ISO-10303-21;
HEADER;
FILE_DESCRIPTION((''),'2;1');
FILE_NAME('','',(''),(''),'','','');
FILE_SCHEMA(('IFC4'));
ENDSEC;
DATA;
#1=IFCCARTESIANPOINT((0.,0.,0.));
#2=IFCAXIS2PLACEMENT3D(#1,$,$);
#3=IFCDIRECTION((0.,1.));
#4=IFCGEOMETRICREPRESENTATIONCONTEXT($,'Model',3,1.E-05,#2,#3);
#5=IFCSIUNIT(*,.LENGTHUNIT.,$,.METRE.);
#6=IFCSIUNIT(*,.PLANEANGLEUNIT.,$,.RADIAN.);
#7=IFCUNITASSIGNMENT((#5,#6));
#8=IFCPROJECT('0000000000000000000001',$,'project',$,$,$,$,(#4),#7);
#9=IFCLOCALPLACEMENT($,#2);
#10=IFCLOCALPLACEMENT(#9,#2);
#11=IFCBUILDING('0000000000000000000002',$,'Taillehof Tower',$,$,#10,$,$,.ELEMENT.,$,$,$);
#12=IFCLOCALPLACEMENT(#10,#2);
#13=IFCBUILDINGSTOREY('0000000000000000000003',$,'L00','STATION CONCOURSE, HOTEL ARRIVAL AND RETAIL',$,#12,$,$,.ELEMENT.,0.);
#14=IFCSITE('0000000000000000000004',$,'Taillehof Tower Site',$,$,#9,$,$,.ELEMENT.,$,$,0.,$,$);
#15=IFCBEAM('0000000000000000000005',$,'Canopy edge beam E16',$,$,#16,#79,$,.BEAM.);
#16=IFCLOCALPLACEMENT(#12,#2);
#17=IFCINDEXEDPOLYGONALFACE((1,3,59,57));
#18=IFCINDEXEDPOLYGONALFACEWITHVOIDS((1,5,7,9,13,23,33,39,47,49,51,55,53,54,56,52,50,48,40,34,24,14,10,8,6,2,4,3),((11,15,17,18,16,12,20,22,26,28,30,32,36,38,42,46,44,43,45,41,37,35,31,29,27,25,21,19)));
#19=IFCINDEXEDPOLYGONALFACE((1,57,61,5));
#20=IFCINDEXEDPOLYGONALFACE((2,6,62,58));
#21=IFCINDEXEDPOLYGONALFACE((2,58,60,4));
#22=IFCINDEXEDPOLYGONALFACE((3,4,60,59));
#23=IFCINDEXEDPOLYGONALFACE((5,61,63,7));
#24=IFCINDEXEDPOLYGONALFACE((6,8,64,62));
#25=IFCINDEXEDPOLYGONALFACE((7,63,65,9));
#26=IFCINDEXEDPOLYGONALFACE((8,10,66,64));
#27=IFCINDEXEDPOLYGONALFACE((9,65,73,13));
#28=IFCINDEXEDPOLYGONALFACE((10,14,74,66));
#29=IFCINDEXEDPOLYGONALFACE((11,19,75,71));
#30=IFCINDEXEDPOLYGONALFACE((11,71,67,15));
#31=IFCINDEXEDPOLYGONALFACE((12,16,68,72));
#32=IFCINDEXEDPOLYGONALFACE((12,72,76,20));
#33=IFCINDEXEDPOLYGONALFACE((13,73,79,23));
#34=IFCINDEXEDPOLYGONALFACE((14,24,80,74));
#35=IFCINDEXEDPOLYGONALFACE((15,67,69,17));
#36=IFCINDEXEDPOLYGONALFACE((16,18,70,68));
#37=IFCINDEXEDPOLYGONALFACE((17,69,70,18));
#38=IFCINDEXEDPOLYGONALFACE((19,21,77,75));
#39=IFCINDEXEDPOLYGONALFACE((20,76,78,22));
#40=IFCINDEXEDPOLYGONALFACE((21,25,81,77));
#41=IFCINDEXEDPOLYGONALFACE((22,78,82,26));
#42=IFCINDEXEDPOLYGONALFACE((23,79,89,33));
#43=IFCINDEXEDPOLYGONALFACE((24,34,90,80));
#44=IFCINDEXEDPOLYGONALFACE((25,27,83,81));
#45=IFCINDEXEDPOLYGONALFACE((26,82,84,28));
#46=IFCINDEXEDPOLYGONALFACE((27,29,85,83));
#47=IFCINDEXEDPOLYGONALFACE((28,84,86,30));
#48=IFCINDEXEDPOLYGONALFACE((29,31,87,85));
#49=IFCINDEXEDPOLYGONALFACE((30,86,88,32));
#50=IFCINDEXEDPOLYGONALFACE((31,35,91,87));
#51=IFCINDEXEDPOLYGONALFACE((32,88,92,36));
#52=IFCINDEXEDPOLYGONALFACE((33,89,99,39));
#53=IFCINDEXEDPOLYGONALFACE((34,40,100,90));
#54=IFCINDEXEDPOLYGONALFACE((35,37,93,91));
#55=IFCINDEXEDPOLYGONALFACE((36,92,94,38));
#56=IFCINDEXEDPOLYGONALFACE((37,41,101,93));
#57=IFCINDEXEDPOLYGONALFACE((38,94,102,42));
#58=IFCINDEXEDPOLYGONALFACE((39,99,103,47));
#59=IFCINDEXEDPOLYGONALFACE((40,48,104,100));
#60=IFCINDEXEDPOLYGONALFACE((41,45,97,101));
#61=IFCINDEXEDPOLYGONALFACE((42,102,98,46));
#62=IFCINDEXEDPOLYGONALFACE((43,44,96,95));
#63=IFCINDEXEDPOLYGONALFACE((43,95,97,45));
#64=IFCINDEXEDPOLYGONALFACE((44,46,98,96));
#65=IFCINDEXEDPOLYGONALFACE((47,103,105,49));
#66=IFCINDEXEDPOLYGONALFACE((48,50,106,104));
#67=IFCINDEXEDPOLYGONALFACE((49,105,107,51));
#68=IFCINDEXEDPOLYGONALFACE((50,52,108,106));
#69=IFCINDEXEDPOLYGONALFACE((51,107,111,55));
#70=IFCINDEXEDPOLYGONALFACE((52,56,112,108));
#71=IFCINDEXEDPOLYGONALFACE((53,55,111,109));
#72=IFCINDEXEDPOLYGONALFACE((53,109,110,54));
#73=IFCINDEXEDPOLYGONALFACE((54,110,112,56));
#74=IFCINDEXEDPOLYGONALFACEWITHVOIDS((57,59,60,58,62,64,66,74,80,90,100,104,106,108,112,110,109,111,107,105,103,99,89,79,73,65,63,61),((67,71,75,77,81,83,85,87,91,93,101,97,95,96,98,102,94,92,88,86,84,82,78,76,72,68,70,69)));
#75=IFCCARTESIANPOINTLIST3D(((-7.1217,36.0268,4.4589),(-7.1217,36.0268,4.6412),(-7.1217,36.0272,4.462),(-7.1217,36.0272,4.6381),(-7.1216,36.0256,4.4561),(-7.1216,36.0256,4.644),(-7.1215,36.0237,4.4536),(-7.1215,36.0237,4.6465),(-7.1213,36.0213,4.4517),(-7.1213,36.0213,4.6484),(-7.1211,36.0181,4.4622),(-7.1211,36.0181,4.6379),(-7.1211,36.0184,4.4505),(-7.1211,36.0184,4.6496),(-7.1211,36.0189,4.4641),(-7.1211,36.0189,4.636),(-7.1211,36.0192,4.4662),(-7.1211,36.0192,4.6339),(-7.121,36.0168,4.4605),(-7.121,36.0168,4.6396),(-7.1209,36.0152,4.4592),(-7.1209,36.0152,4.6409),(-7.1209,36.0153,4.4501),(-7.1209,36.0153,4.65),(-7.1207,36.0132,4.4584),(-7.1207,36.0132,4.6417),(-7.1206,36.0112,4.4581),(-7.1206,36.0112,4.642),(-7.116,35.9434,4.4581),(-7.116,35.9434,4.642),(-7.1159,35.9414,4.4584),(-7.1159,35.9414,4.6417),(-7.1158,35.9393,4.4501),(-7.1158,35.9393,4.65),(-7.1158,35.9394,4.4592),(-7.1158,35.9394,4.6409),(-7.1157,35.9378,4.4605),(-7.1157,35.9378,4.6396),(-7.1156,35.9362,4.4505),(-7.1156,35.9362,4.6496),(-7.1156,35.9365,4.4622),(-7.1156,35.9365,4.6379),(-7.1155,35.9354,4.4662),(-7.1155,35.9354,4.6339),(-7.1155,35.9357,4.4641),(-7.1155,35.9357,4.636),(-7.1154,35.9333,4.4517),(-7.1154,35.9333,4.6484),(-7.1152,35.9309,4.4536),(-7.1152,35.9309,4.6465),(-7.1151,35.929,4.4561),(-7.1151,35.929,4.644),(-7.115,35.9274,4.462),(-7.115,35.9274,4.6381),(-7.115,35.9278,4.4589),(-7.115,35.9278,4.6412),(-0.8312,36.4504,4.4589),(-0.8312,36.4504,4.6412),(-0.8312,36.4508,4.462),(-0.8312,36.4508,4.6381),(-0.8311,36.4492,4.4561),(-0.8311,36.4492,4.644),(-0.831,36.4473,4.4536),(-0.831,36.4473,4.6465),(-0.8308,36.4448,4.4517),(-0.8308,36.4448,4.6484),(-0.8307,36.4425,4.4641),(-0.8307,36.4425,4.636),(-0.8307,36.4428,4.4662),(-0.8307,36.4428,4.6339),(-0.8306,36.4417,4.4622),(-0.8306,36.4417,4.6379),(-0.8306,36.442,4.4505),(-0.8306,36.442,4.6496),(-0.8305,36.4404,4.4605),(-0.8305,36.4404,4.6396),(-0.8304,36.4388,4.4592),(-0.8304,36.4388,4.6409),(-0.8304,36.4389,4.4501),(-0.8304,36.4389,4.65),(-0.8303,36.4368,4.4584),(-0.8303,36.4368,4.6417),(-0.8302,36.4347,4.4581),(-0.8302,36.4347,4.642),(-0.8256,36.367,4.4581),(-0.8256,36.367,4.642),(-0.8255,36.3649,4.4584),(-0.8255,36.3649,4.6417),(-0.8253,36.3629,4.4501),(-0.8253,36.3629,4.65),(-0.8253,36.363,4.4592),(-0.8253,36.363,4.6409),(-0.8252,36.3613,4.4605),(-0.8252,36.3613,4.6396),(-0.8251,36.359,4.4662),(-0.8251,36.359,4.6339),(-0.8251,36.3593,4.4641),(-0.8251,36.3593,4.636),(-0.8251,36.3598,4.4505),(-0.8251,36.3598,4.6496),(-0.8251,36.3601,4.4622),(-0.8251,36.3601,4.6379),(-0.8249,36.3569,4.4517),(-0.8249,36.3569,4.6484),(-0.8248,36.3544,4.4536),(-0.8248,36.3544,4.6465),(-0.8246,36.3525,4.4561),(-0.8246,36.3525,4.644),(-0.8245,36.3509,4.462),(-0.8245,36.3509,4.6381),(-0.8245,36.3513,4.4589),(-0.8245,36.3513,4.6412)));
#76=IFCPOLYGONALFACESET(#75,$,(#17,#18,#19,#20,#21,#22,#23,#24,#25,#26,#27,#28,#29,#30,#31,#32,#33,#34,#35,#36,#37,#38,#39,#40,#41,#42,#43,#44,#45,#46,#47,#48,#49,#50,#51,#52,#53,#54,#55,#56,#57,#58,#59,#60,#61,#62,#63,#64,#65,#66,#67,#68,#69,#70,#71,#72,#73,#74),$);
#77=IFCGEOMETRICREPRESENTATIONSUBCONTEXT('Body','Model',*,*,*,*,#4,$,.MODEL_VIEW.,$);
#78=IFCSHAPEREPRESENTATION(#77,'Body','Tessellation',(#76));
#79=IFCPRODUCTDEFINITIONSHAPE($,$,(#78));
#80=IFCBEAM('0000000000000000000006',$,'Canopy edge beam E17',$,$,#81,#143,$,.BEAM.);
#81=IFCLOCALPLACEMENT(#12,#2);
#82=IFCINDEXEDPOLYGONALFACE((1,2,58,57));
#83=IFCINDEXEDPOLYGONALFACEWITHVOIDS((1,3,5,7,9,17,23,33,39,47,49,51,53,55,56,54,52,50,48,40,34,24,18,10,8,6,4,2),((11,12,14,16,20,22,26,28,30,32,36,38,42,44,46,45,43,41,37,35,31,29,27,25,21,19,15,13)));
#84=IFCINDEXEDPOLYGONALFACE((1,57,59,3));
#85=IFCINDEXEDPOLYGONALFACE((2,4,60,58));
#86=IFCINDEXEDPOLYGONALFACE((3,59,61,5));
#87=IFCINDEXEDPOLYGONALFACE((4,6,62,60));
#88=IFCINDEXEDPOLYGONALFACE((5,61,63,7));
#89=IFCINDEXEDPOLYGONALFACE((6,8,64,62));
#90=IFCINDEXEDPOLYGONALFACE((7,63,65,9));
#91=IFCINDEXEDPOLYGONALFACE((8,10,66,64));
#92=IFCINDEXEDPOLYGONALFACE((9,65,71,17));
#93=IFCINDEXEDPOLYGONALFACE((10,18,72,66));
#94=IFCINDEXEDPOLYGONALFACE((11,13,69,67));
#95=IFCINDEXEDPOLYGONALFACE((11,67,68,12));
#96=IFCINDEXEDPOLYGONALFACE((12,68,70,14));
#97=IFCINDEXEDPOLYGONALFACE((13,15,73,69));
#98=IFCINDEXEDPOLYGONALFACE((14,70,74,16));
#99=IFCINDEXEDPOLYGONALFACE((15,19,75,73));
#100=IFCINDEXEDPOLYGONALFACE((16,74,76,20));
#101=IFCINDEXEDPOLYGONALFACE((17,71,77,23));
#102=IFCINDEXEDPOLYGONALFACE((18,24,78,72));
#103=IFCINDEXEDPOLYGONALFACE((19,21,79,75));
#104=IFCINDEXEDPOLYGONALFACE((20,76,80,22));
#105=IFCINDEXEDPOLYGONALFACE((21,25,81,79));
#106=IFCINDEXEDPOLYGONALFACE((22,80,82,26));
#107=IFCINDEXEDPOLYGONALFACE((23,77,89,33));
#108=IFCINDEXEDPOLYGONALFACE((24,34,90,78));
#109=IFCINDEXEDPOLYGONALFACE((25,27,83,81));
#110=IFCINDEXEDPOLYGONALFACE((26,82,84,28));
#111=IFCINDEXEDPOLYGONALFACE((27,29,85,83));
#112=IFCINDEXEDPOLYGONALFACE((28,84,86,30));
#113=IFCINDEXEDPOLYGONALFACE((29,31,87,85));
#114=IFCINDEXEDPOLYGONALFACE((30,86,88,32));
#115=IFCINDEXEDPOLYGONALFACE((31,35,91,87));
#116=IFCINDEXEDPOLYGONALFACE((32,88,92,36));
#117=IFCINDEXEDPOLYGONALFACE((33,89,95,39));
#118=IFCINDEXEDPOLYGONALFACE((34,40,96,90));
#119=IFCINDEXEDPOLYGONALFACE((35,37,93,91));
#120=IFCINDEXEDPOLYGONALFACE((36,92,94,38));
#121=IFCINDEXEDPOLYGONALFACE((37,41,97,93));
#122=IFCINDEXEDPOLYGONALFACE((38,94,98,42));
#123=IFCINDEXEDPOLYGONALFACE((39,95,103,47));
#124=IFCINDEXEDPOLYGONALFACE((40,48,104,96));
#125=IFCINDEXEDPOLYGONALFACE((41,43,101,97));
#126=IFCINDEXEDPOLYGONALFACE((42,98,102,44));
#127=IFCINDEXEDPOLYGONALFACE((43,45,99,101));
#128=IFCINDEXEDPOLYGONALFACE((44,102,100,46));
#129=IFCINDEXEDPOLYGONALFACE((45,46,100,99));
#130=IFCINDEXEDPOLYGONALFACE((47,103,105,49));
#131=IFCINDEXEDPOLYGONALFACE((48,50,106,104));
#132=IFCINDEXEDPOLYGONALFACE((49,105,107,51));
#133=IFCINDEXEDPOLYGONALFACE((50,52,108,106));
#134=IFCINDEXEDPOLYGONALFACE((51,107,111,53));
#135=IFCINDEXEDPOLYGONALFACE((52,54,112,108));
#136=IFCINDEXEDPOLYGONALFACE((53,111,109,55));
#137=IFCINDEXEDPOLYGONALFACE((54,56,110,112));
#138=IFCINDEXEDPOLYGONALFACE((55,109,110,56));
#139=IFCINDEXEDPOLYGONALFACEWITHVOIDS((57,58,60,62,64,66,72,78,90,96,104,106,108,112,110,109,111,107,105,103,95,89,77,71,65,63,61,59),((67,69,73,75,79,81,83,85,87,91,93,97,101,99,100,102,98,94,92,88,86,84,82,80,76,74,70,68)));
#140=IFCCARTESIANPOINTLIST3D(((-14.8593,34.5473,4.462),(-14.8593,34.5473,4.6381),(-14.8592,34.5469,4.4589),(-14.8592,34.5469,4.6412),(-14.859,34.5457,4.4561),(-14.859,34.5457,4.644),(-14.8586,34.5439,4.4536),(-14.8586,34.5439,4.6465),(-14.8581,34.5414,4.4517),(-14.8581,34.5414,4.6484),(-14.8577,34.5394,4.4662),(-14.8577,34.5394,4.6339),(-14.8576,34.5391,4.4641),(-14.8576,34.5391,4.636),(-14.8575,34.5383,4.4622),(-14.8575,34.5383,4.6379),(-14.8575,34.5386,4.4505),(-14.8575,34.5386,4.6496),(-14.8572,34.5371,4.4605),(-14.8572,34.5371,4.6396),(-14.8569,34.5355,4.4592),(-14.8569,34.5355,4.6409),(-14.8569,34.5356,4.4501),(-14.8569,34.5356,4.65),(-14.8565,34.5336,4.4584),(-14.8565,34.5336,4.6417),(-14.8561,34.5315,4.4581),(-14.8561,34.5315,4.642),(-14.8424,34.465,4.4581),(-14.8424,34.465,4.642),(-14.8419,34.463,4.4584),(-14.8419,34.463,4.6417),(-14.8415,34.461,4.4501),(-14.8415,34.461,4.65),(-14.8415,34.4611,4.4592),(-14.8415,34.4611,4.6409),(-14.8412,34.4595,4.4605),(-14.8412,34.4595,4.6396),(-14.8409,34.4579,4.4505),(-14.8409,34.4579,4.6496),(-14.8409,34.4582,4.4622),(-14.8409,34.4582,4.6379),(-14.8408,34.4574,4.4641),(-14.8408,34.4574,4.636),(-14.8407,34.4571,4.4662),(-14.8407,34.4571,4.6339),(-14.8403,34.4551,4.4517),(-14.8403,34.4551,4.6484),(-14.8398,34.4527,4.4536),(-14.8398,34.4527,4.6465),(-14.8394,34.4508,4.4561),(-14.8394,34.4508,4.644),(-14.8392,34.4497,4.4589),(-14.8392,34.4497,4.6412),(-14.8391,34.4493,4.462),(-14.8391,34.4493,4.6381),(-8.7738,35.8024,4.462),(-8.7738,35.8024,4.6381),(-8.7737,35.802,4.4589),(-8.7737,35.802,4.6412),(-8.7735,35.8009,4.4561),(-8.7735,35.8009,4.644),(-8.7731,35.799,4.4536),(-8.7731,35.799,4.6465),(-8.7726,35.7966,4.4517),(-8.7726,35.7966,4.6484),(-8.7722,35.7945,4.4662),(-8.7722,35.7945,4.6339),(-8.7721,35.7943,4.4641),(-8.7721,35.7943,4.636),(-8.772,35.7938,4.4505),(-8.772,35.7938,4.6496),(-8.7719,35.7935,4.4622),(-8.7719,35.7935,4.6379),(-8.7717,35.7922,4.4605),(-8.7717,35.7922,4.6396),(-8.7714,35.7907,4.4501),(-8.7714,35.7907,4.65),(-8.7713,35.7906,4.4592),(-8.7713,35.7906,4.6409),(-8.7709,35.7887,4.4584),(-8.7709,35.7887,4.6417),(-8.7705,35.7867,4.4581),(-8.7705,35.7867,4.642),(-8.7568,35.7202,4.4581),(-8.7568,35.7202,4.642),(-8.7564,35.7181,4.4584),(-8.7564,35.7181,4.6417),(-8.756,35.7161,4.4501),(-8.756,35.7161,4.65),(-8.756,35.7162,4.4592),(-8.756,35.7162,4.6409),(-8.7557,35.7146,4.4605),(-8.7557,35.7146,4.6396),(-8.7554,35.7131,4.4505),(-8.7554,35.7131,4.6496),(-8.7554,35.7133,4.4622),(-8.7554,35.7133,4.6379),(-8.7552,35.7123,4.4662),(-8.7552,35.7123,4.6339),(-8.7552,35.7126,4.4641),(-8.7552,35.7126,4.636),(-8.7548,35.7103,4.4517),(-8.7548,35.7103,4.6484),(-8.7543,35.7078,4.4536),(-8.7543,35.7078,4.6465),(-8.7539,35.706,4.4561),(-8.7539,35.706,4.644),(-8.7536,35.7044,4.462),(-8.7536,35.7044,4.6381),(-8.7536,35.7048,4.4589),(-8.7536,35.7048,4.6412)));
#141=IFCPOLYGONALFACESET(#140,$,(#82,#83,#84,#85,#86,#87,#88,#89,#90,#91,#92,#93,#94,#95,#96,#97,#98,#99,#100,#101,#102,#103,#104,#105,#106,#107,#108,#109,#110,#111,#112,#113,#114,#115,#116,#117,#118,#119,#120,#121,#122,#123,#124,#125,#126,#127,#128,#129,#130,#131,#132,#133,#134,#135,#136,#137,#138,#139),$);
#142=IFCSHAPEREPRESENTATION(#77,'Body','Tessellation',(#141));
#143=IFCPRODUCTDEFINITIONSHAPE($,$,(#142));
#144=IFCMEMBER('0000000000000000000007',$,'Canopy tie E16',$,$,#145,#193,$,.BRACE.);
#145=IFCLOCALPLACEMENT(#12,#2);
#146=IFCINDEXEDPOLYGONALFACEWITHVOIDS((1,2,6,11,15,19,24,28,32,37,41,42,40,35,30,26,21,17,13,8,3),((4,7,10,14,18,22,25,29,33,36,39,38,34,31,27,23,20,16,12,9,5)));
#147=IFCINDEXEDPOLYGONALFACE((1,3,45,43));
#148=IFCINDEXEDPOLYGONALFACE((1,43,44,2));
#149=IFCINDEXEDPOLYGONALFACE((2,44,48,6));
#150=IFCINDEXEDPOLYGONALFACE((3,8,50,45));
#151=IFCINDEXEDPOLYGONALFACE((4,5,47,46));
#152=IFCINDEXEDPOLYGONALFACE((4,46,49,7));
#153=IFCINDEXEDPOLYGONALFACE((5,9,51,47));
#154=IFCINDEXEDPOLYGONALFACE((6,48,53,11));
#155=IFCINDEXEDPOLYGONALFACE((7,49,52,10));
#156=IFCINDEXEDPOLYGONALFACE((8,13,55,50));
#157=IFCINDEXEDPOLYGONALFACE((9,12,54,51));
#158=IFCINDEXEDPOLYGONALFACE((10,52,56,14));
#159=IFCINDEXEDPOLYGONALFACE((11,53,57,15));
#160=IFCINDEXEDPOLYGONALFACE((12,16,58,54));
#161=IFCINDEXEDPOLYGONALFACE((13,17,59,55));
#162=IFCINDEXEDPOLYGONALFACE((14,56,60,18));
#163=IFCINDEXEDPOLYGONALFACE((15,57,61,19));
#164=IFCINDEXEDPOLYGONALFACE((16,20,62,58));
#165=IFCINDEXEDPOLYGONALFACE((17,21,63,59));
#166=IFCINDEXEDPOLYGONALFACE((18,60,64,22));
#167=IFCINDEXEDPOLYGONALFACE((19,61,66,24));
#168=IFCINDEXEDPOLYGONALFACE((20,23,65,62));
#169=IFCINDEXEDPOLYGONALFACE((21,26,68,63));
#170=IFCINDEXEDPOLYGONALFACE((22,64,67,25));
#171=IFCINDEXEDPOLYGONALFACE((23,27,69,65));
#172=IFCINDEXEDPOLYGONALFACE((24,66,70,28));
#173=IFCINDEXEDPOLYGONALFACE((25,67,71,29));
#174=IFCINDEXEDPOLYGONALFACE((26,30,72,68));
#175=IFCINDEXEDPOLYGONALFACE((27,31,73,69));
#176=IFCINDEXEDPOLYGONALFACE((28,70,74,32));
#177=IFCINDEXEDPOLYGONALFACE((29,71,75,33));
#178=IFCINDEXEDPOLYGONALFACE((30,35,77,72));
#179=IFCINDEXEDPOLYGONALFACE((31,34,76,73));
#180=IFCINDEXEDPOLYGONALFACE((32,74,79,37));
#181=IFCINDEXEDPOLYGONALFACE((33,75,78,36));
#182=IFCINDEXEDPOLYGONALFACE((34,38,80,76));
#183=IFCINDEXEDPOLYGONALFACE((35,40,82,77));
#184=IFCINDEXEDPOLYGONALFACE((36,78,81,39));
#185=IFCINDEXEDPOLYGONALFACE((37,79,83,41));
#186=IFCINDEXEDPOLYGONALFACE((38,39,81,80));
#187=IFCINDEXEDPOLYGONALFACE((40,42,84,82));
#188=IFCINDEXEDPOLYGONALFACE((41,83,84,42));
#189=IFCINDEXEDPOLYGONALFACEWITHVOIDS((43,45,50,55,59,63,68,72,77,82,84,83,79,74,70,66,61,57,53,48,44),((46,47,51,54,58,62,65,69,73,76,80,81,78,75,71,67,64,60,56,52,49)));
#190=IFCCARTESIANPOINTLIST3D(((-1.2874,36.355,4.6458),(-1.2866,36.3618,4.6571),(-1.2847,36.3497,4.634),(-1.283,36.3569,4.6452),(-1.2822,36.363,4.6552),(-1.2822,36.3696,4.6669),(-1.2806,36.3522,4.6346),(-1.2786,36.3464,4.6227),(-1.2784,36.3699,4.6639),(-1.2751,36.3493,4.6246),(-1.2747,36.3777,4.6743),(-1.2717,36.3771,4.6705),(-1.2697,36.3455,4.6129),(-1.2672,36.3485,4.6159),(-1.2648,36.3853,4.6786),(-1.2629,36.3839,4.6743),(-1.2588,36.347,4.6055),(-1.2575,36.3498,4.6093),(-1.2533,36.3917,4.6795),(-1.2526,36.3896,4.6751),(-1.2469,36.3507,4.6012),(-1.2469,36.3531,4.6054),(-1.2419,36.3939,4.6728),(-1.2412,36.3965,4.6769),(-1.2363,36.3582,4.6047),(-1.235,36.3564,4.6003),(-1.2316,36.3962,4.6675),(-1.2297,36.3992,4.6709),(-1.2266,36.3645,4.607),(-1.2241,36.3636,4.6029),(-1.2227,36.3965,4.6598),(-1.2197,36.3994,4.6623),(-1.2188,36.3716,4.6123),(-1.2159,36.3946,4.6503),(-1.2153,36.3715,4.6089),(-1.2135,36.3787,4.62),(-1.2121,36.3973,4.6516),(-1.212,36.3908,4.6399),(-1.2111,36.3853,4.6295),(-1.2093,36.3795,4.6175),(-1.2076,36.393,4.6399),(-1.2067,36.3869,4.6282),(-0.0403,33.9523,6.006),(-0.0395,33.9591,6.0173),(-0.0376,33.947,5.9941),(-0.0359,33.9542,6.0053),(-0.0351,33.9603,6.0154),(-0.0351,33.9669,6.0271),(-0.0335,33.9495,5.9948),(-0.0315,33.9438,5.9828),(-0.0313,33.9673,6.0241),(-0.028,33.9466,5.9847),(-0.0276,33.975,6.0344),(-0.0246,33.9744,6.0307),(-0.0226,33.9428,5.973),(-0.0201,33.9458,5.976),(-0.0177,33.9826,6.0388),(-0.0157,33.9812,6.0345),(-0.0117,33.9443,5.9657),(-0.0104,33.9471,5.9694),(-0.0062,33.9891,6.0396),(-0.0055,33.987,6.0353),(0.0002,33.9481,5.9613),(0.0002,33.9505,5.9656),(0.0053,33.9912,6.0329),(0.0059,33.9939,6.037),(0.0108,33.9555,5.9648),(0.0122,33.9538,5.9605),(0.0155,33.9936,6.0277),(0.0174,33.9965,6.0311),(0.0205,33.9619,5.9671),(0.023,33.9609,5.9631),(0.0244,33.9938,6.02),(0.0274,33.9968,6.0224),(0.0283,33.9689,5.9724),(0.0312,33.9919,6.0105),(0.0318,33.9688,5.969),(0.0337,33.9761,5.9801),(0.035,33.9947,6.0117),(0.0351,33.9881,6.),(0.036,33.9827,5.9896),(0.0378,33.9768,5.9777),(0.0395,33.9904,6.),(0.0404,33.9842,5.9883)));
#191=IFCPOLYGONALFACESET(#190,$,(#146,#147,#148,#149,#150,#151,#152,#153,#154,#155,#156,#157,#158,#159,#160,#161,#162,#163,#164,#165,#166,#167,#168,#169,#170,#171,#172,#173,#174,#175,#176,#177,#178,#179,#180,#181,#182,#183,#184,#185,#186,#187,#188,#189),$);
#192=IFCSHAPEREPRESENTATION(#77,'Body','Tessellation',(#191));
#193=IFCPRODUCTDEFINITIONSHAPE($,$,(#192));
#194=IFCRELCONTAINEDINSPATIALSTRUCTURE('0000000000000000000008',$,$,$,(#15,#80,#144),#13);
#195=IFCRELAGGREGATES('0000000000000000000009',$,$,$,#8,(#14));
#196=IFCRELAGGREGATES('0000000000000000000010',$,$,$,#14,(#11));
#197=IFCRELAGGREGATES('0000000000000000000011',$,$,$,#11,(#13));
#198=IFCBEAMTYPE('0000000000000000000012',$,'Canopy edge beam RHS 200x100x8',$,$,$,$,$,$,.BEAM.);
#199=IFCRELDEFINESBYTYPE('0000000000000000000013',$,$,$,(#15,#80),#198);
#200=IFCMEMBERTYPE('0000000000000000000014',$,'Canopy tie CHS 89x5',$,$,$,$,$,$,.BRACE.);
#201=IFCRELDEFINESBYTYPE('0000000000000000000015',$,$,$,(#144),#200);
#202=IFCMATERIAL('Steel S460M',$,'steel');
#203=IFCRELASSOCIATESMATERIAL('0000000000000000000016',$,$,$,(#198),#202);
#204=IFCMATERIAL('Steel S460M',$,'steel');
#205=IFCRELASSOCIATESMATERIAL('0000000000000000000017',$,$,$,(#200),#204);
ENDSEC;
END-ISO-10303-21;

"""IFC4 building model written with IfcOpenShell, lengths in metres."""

from ifc_helpers import new_model, si_unit, direction, frame, origin, origin_2d, place, context, subcontext, project, spatial, hollow_rectangle, hollow_circle, extrude, material, material_profile, profile_set, type_object, element, save


model = new_model("IFC4")

# Units and contexts
model_context = context("Model", 3, precision=1e-05, world=origin(), true_north=direction((0.0, 1.0)))
body_context = subcontext(model_context, "Body", "Model", "MODEL_VIEW")
ifc_project = project(units=[si_unit("LENGTHUNIT", "METRE"), si_unit("PLANEANGLEUNIT", "RADIAN")], contexts=[model_context])

# Site, building, storey
site_placement = place(None, origin())
site = spatial("IfcSite", under=ifc_project, at=site_placement, Name="Taillehof Tower Site", CompositionType="ELEMENT", RefElevation=0.0)
building_placement = place(site_placement, origin())
building = spatial("IfcBuilding", under=site, at=building_placement, Name="Taillehof Tower", CompositionType="ELEMENT")
storey_placement = place(building_placement, origin())
storey = spatial("IfcBuildingStorey", under=building, at=storey_placement, Name="L00", Description="STATION CONCOURSE, HOTEL ARRIVAL AND RETAIL", CompositionType="ELEMENT", Elevation=0.0)

# Beams
ifc_material_1 = material(Name="Steel S460M", Category="steel")
ifc_material_profile_1 = material_profile(ifc_material_1, hollow_rectangle(XDim=0.1001, YDim=0.2, WallThickness=0.0081, InnerFilletRadius=0.0081, OuterFilletRadius=0.012, at=origin_2d()), Name="RHS 200x100x8")
ifc_profile_set_1 = profile_set([ifc_material_profile_1], Name="Steel S460M")
beam_type_1 = type_object("IfcBeamType", Name="Canopy edge beam RHS 200x100x8", PredefinedType="BEAM", material=ifc_profile_set_1)
beam_1_placement = place(storey_placement, frame((-0.8279, 36.4009, 4.55), z_axis=(-0.997741, -0.067185, 0.0), x_axis=(0.067185, -0.997741, 0.0)))
element("IfcBeam", 1, at=beam_1_placement, inside=storey, type_object=beam_type_1, Name="Canopy edge beam E16", PredefinedType="BEAM", context=body_context, shape_type="SweptSolid", body=[
    extrude(hollow_rectangle(XDim=0.1001, YDim=0.2, WallThickness=0.0081, InnerFilletRadius=0.0081, OuterFilletRadius=0.012, at=origin_2d()), origin(), (0.0, 0.0, 1.0), 6.3047),
])
beam_2_placement = place(storey_placement, frame((-8.7637, 35.7534, 4.55), z_axis=(-0.979386, -0.201999, 0.0), x_axis=(0.201999, -0.979386, 0.0)))
element("IfcBeam", 2, at=beam_2_placement, inside=storey, type_object=beam_type_1, Name="Canopy edge beam E17", PredefinedType="BEAM", context=body_context, shape_type="SweptSolid", body=[
    extrude(hollow_rectangle(XDim=0.1001, YDim=0.2, WallThickness=0.0081, InnerFilletRadius=0.0081, OuterFilletRadius=0.012, at=origin_2d()), origin(), (0.0, 0.0, 1.0), 6.2136),
])

# Member
ifc_material_2 = material(Name="Steel S460M", Category="steel")
ifc_material_profile_2 = material_profile(ifc_material_2, hollow_circle(Radius=0.0444, WallThickness=0.0049, at=origin_2d()), Name="CHS 89x5")
ifc_profile_set_2 = profile_set([ifc_material_profile_2], Name="Steel S460M")
member_type = type_object("IfcMemberType", Name="Canopy tie CHS 89x5", PredefinedType="BRACE", material=ifc_profile_set_2)
member_1_placement = place(storey_placement, frame((-1.2471, 36.3726, 4.6399), z_axis=(0.41165, -0.79308, 0.448963), x_axis=(0.887561, 0.460691, 0.0)))
element("IfcMember", 3, at=member_1_placement, inside=storey, type_object=member_type, Name="Canopy tie E16", PredefinedType="BRACE", context=body_context, shape_type="SweptSolid", body=[
    extrude(hollow_circle(Radius=0.0444, WallThickness=0.0049, at=origin_2d()), origin(), (0.0, 0.0, 1.0), 3.0295),
])

save(model, "model.ifc")
